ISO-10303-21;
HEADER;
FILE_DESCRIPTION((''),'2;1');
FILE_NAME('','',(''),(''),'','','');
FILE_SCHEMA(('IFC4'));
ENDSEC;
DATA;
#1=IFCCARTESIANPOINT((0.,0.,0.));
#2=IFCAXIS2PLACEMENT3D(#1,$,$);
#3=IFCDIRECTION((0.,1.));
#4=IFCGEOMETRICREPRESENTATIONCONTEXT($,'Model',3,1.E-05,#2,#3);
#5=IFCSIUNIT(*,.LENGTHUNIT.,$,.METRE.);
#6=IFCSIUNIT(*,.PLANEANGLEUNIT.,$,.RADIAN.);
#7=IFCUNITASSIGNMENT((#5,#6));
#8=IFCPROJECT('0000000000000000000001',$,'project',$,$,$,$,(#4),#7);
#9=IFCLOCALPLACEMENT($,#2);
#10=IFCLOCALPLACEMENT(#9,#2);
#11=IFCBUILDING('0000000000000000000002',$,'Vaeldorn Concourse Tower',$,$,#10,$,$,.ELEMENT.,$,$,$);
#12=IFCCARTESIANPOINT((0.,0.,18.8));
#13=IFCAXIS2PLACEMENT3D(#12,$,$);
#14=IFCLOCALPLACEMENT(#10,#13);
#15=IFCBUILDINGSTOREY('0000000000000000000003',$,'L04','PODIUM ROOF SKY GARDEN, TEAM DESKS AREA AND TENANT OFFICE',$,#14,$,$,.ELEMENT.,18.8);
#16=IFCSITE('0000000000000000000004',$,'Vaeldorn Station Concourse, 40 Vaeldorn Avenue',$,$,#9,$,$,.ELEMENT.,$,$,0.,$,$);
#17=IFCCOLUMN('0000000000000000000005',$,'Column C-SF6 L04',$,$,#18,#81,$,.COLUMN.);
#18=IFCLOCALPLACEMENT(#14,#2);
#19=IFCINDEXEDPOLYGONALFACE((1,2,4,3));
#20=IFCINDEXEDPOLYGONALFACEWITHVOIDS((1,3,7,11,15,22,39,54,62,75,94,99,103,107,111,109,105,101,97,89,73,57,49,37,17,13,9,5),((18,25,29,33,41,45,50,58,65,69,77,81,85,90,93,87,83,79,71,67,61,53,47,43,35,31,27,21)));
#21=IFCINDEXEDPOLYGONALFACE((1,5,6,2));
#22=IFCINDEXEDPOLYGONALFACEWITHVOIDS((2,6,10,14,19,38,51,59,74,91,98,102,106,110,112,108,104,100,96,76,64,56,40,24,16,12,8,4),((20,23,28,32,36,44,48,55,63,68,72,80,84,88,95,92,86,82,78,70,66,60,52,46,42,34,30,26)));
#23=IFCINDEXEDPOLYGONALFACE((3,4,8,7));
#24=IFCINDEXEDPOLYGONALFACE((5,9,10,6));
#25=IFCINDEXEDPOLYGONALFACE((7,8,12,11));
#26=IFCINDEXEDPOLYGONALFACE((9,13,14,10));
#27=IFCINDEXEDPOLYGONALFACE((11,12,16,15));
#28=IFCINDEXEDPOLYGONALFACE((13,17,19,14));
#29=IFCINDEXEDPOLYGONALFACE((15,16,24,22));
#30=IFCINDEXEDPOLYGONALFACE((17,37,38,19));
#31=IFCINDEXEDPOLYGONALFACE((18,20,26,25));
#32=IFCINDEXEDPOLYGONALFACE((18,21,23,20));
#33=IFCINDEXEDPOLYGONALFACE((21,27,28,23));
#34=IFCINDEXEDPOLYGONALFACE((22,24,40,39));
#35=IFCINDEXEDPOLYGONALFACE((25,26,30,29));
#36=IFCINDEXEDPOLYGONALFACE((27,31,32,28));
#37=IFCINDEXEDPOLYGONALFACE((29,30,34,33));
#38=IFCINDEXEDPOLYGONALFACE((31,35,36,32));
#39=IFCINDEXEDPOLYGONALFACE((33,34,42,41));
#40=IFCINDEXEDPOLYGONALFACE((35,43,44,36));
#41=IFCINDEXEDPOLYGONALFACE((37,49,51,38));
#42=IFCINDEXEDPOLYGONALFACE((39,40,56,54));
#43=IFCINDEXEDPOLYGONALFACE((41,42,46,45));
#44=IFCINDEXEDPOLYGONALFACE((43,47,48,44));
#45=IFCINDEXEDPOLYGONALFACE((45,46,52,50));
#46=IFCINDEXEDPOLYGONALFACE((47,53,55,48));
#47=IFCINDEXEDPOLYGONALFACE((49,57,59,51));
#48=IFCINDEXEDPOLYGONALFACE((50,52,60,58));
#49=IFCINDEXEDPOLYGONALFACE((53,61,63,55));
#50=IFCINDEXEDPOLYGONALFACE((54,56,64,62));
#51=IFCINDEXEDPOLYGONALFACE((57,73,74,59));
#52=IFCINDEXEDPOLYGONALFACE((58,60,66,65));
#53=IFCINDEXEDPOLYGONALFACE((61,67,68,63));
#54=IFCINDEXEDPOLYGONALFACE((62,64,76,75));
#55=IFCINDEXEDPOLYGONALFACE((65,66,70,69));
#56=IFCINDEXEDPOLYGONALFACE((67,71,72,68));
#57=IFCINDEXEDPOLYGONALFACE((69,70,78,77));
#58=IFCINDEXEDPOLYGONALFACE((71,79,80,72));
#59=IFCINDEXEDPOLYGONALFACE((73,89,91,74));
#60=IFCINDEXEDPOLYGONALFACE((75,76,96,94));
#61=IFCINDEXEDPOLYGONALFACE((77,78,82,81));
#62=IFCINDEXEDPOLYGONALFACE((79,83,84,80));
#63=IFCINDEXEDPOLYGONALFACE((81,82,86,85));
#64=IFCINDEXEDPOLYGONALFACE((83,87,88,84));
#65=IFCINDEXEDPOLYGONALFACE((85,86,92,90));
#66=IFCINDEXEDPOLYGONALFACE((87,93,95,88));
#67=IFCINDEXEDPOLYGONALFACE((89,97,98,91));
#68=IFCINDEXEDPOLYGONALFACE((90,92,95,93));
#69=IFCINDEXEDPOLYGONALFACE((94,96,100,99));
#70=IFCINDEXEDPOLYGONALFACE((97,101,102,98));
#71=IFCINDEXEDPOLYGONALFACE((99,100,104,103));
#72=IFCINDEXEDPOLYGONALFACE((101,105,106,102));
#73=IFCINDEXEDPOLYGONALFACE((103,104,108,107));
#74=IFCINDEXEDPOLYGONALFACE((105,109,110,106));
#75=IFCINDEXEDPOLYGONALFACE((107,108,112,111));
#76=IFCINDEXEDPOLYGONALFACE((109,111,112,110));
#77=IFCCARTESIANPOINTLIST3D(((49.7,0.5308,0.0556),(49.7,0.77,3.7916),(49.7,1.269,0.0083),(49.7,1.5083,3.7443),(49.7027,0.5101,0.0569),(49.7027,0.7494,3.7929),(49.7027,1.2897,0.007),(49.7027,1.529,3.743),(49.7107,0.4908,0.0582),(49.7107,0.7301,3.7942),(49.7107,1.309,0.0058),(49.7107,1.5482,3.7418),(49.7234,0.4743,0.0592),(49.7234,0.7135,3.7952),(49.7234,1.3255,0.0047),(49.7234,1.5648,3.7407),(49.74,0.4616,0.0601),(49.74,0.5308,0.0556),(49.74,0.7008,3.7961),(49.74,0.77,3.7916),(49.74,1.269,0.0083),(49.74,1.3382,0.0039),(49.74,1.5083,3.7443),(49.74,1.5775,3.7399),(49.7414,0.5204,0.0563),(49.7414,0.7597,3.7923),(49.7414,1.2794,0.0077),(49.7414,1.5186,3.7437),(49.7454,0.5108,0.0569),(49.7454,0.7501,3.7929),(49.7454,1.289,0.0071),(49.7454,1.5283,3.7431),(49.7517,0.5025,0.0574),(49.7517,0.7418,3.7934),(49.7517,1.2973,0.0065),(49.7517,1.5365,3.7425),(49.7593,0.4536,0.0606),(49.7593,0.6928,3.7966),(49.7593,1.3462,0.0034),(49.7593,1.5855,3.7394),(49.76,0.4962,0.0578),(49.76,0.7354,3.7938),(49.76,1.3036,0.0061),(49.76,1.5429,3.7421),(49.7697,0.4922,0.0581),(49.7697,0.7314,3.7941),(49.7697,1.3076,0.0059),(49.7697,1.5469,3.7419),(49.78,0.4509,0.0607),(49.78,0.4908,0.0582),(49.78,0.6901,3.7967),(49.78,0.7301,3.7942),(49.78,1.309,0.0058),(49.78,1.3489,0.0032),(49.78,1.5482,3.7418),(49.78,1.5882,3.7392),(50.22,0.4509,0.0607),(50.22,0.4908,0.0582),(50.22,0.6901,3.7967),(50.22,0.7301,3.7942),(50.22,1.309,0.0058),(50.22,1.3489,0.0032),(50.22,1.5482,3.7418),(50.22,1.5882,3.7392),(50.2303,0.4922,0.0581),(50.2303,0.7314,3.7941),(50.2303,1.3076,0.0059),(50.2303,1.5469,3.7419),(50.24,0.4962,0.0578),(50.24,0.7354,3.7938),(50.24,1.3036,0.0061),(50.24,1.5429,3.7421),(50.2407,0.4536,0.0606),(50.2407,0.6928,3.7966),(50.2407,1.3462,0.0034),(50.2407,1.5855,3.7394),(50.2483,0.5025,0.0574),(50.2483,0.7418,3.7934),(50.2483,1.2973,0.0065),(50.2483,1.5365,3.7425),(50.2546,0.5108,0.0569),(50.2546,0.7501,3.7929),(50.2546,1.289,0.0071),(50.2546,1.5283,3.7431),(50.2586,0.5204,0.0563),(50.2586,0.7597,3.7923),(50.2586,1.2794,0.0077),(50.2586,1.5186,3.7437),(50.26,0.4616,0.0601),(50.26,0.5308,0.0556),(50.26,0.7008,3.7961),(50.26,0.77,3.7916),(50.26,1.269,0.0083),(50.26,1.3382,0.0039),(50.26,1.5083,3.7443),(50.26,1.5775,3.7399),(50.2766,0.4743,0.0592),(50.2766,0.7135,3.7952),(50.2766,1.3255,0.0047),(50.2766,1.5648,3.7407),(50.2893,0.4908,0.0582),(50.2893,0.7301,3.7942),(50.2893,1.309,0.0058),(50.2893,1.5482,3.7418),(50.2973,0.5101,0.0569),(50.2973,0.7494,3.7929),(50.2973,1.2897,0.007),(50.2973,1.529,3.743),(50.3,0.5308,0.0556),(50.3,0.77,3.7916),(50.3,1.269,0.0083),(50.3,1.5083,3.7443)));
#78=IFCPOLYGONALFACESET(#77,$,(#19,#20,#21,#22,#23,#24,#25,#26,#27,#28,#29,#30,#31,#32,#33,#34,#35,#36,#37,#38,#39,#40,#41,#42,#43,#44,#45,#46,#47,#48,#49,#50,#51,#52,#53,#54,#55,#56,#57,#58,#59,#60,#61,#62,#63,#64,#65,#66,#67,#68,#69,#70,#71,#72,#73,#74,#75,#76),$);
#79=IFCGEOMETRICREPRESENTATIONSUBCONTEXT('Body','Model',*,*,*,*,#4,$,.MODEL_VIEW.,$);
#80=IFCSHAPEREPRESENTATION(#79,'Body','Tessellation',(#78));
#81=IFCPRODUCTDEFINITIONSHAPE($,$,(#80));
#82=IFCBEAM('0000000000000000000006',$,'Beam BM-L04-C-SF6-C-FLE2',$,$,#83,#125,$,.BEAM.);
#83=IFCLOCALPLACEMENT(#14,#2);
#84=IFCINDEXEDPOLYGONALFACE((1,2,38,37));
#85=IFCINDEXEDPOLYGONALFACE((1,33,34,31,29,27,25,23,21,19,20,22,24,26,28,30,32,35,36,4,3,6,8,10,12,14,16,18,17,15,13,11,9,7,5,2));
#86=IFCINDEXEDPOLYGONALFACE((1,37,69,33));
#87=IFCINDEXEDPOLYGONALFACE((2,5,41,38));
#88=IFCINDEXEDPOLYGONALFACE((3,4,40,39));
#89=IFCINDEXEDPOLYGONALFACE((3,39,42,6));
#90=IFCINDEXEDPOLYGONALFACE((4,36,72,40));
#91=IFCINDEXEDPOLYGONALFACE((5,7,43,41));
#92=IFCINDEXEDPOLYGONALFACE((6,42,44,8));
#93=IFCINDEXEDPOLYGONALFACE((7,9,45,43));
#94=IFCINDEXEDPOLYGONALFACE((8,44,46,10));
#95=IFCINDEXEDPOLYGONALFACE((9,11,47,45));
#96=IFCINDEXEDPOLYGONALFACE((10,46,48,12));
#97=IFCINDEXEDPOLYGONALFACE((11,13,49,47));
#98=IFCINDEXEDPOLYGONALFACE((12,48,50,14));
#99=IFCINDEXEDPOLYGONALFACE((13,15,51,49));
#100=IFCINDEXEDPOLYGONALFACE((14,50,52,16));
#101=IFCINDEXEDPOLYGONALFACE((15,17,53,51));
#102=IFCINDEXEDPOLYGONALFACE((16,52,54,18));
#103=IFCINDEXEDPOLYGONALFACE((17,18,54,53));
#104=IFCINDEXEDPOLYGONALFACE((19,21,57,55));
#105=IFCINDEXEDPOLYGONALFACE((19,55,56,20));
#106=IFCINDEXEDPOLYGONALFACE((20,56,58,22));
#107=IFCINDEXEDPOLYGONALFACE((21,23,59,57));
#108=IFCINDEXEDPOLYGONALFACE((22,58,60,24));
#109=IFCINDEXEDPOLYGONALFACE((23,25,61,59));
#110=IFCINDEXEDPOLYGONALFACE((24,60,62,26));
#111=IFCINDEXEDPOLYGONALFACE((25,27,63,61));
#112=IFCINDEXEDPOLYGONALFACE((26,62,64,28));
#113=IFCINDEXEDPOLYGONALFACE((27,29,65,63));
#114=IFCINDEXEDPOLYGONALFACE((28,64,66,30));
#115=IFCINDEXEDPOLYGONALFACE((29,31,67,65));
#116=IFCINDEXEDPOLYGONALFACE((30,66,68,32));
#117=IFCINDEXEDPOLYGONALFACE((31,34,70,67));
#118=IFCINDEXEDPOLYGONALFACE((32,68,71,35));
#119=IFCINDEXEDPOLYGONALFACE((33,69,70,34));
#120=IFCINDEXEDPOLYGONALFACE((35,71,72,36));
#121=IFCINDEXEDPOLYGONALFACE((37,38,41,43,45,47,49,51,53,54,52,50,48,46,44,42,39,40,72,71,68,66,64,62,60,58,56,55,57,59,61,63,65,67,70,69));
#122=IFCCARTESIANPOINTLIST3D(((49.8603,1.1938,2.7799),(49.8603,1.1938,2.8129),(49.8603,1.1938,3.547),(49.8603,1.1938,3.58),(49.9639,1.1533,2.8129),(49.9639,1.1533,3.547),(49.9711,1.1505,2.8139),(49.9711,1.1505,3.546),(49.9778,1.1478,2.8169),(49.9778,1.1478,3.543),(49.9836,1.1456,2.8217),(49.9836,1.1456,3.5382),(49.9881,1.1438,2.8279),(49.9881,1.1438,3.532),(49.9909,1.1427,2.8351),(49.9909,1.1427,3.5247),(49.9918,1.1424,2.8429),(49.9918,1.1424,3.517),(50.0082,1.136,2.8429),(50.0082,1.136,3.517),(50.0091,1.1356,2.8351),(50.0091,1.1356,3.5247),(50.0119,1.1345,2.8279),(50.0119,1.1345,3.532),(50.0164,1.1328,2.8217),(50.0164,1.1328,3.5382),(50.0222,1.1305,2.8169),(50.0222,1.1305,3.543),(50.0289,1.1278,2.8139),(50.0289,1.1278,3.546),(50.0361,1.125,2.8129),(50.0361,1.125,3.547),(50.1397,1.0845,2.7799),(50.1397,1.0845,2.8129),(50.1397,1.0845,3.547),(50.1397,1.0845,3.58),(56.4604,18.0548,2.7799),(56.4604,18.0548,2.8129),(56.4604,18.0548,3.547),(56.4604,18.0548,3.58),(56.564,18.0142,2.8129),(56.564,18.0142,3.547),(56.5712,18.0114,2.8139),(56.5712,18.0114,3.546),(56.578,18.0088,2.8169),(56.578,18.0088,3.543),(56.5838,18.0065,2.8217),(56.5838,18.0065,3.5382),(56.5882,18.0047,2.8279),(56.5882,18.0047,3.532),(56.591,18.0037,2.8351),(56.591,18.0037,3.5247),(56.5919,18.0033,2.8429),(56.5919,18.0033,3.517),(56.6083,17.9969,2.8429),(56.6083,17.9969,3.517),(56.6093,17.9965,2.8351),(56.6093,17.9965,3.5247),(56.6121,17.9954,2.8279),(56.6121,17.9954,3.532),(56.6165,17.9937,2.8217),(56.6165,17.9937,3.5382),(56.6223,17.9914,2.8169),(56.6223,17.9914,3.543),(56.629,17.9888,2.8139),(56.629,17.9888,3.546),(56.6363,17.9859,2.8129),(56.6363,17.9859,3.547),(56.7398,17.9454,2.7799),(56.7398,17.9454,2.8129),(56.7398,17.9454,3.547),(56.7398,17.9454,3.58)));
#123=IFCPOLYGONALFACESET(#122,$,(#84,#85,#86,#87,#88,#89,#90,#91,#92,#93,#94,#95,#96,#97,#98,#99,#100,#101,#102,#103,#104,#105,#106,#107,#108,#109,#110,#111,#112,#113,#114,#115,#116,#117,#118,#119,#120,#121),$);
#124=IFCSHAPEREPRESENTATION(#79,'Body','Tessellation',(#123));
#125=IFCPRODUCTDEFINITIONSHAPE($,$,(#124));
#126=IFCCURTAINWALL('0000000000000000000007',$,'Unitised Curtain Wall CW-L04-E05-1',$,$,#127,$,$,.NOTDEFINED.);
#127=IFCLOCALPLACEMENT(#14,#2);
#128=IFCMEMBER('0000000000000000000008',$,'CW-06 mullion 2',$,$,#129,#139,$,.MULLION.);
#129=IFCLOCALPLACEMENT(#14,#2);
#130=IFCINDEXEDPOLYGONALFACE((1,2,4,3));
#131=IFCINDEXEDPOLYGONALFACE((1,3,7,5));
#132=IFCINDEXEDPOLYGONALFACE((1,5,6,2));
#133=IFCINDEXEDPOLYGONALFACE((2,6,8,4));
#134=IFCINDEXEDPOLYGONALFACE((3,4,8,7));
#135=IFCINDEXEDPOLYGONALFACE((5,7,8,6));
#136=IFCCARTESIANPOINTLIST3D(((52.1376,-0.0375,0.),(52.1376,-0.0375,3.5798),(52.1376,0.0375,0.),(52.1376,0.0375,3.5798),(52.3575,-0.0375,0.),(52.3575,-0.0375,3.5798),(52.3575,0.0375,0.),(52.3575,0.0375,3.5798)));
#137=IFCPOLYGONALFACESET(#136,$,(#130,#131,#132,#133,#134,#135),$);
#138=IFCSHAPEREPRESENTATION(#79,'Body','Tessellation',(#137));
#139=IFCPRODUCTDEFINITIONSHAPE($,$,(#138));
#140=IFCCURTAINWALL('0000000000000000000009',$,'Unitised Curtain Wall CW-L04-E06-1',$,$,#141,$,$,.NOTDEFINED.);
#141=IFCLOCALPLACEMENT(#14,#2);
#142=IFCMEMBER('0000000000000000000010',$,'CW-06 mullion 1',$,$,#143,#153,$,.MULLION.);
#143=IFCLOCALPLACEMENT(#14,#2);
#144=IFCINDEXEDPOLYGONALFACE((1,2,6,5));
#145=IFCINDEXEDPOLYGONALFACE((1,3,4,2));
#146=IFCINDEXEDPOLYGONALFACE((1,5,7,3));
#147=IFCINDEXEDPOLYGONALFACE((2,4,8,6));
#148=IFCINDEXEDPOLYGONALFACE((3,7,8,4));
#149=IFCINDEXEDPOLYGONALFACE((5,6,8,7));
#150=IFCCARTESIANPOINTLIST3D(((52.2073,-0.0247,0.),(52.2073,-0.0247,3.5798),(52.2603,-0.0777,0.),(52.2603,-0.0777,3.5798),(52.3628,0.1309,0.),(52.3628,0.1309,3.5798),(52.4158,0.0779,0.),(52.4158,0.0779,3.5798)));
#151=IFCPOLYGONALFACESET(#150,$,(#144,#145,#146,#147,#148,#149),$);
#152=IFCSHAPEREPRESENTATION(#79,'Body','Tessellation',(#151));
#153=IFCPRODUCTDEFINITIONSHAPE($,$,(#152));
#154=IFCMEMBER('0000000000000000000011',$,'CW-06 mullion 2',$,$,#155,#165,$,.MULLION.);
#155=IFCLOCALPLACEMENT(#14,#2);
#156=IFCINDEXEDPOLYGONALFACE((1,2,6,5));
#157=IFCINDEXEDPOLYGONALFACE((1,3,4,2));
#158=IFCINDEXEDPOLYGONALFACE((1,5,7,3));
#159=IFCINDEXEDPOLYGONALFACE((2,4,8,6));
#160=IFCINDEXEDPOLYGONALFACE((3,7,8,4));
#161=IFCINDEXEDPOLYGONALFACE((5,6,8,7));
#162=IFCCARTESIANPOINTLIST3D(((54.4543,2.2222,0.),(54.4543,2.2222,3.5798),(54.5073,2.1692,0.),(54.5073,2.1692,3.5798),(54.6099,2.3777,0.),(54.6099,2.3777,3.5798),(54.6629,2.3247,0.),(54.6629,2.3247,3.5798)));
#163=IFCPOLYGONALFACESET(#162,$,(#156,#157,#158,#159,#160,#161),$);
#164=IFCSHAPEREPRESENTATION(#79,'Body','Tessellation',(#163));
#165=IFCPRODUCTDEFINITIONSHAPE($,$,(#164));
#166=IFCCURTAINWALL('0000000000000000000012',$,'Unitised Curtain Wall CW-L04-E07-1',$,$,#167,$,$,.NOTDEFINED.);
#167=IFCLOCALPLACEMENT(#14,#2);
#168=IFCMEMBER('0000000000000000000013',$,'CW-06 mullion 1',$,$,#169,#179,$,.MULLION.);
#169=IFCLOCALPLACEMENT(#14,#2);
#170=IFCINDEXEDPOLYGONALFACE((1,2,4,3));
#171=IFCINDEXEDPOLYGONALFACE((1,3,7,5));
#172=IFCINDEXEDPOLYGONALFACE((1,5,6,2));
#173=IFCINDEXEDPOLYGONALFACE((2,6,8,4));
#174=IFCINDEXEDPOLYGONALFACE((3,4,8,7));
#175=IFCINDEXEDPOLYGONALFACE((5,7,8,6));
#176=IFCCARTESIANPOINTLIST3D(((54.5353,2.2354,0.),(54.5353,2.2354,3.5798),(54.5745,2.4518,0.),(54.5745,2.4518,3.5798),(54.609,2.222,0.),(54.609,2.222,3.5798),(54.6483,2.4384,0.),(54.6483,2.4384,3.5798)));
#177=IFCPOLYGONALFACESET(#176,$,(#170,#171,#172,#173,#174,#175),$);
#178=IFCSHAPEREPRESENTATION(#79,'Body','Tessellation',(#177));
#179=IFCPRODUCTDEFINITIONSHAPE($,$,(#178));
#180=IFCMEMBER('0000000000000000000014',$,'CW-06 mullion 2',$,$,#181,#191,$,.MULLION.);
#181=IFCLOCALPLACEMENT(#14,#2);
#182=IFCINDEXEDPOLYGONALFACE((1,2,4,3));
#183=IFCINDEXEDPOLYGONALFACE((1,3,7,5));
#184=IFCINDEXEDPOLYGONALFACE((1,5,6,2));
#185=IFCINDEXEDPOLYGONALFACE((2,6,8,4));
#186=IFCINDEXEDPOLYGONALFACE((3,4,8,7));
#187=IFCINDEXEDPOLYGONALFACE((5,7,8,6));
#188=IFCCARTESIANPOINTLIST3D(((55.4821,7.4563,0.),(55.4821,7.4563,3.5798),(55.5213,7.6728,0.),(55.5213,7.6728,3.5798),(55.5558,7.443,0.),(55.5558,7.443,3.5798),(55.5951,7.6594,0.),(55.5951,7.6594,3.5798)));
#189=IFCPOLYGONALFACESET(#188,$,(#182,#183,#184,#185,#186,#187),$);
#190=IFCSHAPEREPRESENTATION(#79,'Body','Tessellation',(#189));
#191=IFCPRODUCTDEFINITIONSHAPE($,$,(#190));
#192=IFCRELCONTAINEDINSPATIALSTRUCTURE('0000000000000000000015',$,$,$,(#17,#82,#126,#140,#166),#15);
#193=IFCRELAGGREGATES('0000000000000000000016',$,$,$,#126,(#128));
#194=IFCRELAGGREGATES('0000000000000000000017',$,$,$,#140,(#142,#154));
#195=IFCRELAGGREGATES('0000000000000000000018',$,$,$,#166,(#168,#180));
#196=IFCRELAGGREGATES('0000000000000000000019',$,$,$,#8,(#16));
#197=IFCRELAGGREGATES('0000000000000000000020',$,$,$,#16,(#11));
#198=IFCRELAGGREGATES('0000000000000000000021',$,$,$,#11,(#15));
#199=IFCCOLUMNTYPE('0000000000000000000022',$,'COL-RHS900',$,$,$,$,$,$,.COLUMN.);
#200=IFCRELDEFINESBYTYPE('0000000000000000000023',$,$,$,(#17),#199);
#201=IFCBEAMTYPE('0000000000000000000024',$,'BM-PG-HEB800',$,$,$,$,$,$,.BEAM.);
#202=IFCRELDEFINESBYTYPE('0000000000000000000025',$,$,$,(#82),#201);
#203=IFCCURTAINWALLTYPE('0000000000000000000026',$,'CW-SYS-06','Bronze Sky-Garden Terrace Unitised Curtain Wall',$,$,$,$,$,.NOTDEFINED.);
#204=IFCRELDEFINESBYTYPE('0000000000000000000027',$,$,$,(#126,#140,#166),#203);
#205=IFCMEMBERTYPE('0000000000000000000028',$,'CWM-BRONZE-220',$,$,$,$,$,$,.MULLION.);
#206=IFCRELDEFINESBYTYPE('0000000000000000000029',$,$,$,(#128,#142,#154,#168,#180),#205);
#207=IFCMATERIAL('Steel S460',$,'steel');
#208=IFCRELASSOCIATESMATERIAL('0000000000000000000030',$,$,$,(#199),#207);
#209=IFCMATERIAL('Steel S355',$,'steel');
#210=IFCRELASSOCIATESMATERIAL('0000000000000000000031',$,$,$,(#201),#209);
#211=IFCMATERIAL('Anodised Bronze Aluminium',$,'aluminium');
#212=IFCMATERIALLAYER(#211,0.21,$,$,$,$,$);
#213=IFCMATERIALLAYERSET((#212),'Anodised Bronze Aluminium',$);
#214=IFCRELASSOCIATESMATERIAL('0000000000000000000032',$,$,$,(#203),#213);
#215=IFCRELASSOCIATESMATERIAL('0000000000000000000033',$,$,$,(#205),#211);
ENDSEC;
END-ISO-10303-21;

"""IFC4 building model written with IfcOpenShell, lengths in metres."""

from ifc_helpers import new_model, si_unit, direction, frame, origin, origin_2d, place, context, subcontext, project, spatial, rectangle, hollow_rectangle, i_section, extrude, source, transform, mapped, material, layer, layer_set, material_profile, profile_set, type_object, element, aggregate, save


model = new_model("IFC4")

# Units and contexts
model_context = context("Model", 3, precision=1e-05, world=origin(), true_north=direction((0.0, 1.0)))
body_context = subcontext(model_context, "Body", "Model", "MODEL_VIEW")
ifc_project = project(units=[si_unit("LENGTHUNIT", "METRE"), si_unit("PLANEANGLEUNIT", "RADIAN")], contexts=[model_context])

# Site, building, storey
site_placement = place(None, origin())
site = spatial("IfcSite", under=ifc_project, at=site_placement, Name="Vaeldorn Station Concourse, 40 Vaeldorn Avenue", CompositionType="ELEMENT", RefElevation=0.0)
building_placement = place(site_placement, origin())
building = spatial("IfcBuilding", under=site, at=building_placement, Name="Vaeldorn Concourse Tower", CompositionType="ELEMENT")
storey_placement = place(building_placement, frame((0.0, 0.0, 18.8)))
storey = spatial("IfcBuildingStorey", under=building, at=storey_placement, Name="L04", Description="PODIUM ROOF SKY GARDEN, TEAM DESKS AREA AND TENANT OFFICE", CompositionType="ELEMENT", Elevation=18.8)

# Column
ifc_material_1 = material(Name="Steel S460", Category="steel")
ifc_material_profile_1 = material_profile(ifc_material_1, hollow_rectangle(XDim=0.6001, YDim=0.8999, WallThickness=0.04, InnerFilletRadius=0.04, OuterFilletRadius=0.0801, at=origin_2d()), Name="RHS 900x600x40")
ifc_profile_set_1 = profile_set([ifc_material_profile_1], Name="Steel S460")
column_type = type_object("IfcColumnType", Name="COL-RHS900", PredefinedType="COLUMN", material=ifc_profile_set_1)
shared_shape_1 = source(origin(), body_context, "Body", "SweptSolid", [
    extrude(hollow_rectangle(XDim=0.6001, YDim=0.8999, WallThickness=0.04, InnerFilletRadius=0.04, OuterFilletRadius=0.0801, at=origin_2d()), origin(), (0.0, 0.0, 1.0), 3.7437),
])
column_placement = place(storey_placement, frame((50.0, 0.8999, 0.032), z_axis=(0.0, 0.063909, 0.997956), x_axis=(-1.0, 0.0, 0.0)))
element("IfcColumn", 1, at=column_placement, inside=storey, type_object=column_type, Name="Column C-SF6 L04", PredefinedType="COLUMN", context=body_context, shape_type="MappedRepresentation", body=[
    mapped(shared_shape_1, transform((0.0, 0.0, 0.0), scale=1.0)),
])

# Beam
ifc_material_2 = material(Name="Steel S355", Category="steel")
ifc_material_profile_2 = material_profile(ifc_material_2, i_section(OverallWidth=0.3, OverallDepth=0.8, WebThickness=0.0176, FlangeThickness=0.033, FilletRadius=0.03, at=origin_2d()), Name="HEB 800")
ifc_profile_set_2 = profile_set([ifc_material_profile_2], Name="Steel S355")
beam_type = type_object("IfcBeamType", Name="BM-PG-HEB800", PredefinedType="BEAM", material=ifc_profile_set_2)
shared_shape_2 = source(origin(), body_context, "Body", "SweptSolid", [
    extrude(i_section(OverallWidth=0.3, OverallDepth=0.8, WebThickness=0.0176, FlangeThickness=0.033, FilletRadius=0.03, at=origin_2d()), origin(), (0.0, 0.0, 1.0), 18.1067),
])
beam_placement = place(storey_placement, frame((50.0, 1.1392, 3.1799), z_axis=(0.364513, 0.931198, 0.0), x_axis=(-0.931198, 0.364513, 0.0)))
element("IfcBeam", 2, at=beam_placement, inside=storey, type_object=beam_type, Name="Beam BM-L04-C-SF6-C-FLE2", PredefinedType="BEAM", context=body_context, shape_type="MappedRepresentation", body=[
    mapped(shared_shape_2, transform((0.0, 0.0, 0.0), scale=1.0)),
])

# Curtain wall, member
ifc_material_3 = material(Name="Anodised Bronze Aluminium", Category="aluminium")
ifc_layer_1 = layer(ifc_material_3, 0.21)
ifc_layer_set_1 = layer_set([ifc_layer_1], Name="Anodised Bronze Aluminium")
curtain_wall_type = type_object("IfcCurtainWallType", Name="CW-SYS-06", Description="Bronze Sky-Garden Terrace Unitised Curtain Wall", PredefinedType="NOTDEFINED", material=ifc_layer_set_1)
curtain_wall_1_placement = place(storey_placement, origin())
curtain_wall_1 = element("IfcCurtainWall", 3, at=curtain_wall_1_placement, inside=storey, type_object=curtain_wall_type, Name="Unitised Curtain Wall CW-L04-E05-1", PredefinedType="NOTDEFINED")
ifc_material_profile_3 = material_profile(ifc_material_3, rectangle(XDim=0.075, YDim=0.22, at=origin_2d()), Name="CWM 75x220")
ifc_profile_set_3 = profile_set([ifc_material_profile_3], Name="Anodised Bronze Aluminium")
member_type_1 = type_object("IfcMemberType", Name="CWM-BRONZE-220", PredefinedType="MULLION", material=ifc_profile_set_3)
shared_shape_3 = source(origin(), body_context, "Body", "SweptSolid", [
    extrude(rectangle(XDim=0.075, YDim=0.22, at=origin_2d()), origin(), (0.0, 0.0, 1.0), 3.5798),
])
member_1_placement = place(storey_placement, frame((52.2476, 0.0, 0.0), z_axis=(0.0, 0.0, 1.0), x_axis=(0.0, 1.0, 0.0)))
member_1 = element("IfcMember", 4, at=member_1_placement, type_object=member_type_1, Name="CW-06 mullion 2", PredefinedType="MULLION", context=body_context, shape_type="MappedRepresentation", body=[
    mapped(shared_shape_3, transform((0.0, 0.0, 0.0), scale=1.0)),
])

# Curtain walls, members
curtain_wall_2_placement = place(storey_placement, origin())
curtain_wall_2 = element("IfcCurtainWall", 5, at=curtain_wall_2_placement, inside=storey, type_object=curtain_wall_type, Name="Unitised Curtain Wall CW-L04-E06-1", PredefinedType="NOTDEFINED")
member_2_placement = place(storey_placement, frame((52.3115, 0.0266, 0.0), z_axis=(0.0, 0.0, 1.0), x_axis=(-0.707107, 0.707107, 0.0)))
member_2 = element("IfcMember", 6, at=member_2_placement, type_object=member_type_1, Name="CW-06 mullion 1", PredefinedType="MULLION", context=body_context, shape_type="MappedRepresentation", body=[
    mapped(shared_shape_3, transform((0.0, 0.0, 0.0), scale=1.0)),
])
member_3_placement = place(storey_placement, frame((54.5586, 2.2734, 0.0), z_axis=(0.0, 0.0, 1.0), x_axis=(-0.707107, 0.707107, 0.0)))
member_3 = element("IfcMember", 7, at=member_3_placement, type_object=member_type_1, Name="CW-06 mullion 2", PredefinedType="MULLION", context=body_context, shape_type="MappedRepresentation", body=[
    mapped(shared_shape_3, transform((0.0, 0.0, 0.0), scale=1.0)),
])
curtain_wall_3_placement = place(storey_placement, origin())
curtain_wall_3 = element("IfcCurtainWall", 8, at=curtain_wall_3_placement, inside=storey, type_object=curtain_wall_type, Name="Unitised Curtain Wall CW-L04-E07-1", PredefinedType="NOTDEFINED")
member_4_placement = place(storey_placement, frame((54.5918, 2.3369, 0.0), z_axis=(0.0, 0.0, 1.0), x_axis=(-0.98395, 0.178446, 0.0)))
member_4 = element("IfcMember", 9, at=member_4_placement, type_object=member_type_1, Name="CW-06 mullion 1", PredefinedType="MULLION", context=body_context, shape_type="MappedRepresentation", body=[
    mapped(shared_shape_3, transform((0.0, 0.0, 0.0), scale=1.0)),
])
member_5_placement = place(storey_placement, frame((55.5386, 7.5579, 0.0), z_axis=(0.0, 0.0, 1.0), x_axis=(-0.98395, 0.178446, 0.0)))
member_5 = element("IfcMember", 10, at=member_5_placement, type_object=member_type_1, Name="CW-06 mullion 2", PredefinedType="MULLION", context=body_context, shape_type="MappedRepresentation", body=[
    mapped(shared_shape_3, transform((0.0, 0.0, 0.0), scale=1.0)),
])

aggregate(curtain_wall_1, [member_1])
aggregate(curtain_wall_2, [member_2, member_3])
aggregate(curtain_wall_3, [member_4, member_5])

save(model, "model.ifc")
